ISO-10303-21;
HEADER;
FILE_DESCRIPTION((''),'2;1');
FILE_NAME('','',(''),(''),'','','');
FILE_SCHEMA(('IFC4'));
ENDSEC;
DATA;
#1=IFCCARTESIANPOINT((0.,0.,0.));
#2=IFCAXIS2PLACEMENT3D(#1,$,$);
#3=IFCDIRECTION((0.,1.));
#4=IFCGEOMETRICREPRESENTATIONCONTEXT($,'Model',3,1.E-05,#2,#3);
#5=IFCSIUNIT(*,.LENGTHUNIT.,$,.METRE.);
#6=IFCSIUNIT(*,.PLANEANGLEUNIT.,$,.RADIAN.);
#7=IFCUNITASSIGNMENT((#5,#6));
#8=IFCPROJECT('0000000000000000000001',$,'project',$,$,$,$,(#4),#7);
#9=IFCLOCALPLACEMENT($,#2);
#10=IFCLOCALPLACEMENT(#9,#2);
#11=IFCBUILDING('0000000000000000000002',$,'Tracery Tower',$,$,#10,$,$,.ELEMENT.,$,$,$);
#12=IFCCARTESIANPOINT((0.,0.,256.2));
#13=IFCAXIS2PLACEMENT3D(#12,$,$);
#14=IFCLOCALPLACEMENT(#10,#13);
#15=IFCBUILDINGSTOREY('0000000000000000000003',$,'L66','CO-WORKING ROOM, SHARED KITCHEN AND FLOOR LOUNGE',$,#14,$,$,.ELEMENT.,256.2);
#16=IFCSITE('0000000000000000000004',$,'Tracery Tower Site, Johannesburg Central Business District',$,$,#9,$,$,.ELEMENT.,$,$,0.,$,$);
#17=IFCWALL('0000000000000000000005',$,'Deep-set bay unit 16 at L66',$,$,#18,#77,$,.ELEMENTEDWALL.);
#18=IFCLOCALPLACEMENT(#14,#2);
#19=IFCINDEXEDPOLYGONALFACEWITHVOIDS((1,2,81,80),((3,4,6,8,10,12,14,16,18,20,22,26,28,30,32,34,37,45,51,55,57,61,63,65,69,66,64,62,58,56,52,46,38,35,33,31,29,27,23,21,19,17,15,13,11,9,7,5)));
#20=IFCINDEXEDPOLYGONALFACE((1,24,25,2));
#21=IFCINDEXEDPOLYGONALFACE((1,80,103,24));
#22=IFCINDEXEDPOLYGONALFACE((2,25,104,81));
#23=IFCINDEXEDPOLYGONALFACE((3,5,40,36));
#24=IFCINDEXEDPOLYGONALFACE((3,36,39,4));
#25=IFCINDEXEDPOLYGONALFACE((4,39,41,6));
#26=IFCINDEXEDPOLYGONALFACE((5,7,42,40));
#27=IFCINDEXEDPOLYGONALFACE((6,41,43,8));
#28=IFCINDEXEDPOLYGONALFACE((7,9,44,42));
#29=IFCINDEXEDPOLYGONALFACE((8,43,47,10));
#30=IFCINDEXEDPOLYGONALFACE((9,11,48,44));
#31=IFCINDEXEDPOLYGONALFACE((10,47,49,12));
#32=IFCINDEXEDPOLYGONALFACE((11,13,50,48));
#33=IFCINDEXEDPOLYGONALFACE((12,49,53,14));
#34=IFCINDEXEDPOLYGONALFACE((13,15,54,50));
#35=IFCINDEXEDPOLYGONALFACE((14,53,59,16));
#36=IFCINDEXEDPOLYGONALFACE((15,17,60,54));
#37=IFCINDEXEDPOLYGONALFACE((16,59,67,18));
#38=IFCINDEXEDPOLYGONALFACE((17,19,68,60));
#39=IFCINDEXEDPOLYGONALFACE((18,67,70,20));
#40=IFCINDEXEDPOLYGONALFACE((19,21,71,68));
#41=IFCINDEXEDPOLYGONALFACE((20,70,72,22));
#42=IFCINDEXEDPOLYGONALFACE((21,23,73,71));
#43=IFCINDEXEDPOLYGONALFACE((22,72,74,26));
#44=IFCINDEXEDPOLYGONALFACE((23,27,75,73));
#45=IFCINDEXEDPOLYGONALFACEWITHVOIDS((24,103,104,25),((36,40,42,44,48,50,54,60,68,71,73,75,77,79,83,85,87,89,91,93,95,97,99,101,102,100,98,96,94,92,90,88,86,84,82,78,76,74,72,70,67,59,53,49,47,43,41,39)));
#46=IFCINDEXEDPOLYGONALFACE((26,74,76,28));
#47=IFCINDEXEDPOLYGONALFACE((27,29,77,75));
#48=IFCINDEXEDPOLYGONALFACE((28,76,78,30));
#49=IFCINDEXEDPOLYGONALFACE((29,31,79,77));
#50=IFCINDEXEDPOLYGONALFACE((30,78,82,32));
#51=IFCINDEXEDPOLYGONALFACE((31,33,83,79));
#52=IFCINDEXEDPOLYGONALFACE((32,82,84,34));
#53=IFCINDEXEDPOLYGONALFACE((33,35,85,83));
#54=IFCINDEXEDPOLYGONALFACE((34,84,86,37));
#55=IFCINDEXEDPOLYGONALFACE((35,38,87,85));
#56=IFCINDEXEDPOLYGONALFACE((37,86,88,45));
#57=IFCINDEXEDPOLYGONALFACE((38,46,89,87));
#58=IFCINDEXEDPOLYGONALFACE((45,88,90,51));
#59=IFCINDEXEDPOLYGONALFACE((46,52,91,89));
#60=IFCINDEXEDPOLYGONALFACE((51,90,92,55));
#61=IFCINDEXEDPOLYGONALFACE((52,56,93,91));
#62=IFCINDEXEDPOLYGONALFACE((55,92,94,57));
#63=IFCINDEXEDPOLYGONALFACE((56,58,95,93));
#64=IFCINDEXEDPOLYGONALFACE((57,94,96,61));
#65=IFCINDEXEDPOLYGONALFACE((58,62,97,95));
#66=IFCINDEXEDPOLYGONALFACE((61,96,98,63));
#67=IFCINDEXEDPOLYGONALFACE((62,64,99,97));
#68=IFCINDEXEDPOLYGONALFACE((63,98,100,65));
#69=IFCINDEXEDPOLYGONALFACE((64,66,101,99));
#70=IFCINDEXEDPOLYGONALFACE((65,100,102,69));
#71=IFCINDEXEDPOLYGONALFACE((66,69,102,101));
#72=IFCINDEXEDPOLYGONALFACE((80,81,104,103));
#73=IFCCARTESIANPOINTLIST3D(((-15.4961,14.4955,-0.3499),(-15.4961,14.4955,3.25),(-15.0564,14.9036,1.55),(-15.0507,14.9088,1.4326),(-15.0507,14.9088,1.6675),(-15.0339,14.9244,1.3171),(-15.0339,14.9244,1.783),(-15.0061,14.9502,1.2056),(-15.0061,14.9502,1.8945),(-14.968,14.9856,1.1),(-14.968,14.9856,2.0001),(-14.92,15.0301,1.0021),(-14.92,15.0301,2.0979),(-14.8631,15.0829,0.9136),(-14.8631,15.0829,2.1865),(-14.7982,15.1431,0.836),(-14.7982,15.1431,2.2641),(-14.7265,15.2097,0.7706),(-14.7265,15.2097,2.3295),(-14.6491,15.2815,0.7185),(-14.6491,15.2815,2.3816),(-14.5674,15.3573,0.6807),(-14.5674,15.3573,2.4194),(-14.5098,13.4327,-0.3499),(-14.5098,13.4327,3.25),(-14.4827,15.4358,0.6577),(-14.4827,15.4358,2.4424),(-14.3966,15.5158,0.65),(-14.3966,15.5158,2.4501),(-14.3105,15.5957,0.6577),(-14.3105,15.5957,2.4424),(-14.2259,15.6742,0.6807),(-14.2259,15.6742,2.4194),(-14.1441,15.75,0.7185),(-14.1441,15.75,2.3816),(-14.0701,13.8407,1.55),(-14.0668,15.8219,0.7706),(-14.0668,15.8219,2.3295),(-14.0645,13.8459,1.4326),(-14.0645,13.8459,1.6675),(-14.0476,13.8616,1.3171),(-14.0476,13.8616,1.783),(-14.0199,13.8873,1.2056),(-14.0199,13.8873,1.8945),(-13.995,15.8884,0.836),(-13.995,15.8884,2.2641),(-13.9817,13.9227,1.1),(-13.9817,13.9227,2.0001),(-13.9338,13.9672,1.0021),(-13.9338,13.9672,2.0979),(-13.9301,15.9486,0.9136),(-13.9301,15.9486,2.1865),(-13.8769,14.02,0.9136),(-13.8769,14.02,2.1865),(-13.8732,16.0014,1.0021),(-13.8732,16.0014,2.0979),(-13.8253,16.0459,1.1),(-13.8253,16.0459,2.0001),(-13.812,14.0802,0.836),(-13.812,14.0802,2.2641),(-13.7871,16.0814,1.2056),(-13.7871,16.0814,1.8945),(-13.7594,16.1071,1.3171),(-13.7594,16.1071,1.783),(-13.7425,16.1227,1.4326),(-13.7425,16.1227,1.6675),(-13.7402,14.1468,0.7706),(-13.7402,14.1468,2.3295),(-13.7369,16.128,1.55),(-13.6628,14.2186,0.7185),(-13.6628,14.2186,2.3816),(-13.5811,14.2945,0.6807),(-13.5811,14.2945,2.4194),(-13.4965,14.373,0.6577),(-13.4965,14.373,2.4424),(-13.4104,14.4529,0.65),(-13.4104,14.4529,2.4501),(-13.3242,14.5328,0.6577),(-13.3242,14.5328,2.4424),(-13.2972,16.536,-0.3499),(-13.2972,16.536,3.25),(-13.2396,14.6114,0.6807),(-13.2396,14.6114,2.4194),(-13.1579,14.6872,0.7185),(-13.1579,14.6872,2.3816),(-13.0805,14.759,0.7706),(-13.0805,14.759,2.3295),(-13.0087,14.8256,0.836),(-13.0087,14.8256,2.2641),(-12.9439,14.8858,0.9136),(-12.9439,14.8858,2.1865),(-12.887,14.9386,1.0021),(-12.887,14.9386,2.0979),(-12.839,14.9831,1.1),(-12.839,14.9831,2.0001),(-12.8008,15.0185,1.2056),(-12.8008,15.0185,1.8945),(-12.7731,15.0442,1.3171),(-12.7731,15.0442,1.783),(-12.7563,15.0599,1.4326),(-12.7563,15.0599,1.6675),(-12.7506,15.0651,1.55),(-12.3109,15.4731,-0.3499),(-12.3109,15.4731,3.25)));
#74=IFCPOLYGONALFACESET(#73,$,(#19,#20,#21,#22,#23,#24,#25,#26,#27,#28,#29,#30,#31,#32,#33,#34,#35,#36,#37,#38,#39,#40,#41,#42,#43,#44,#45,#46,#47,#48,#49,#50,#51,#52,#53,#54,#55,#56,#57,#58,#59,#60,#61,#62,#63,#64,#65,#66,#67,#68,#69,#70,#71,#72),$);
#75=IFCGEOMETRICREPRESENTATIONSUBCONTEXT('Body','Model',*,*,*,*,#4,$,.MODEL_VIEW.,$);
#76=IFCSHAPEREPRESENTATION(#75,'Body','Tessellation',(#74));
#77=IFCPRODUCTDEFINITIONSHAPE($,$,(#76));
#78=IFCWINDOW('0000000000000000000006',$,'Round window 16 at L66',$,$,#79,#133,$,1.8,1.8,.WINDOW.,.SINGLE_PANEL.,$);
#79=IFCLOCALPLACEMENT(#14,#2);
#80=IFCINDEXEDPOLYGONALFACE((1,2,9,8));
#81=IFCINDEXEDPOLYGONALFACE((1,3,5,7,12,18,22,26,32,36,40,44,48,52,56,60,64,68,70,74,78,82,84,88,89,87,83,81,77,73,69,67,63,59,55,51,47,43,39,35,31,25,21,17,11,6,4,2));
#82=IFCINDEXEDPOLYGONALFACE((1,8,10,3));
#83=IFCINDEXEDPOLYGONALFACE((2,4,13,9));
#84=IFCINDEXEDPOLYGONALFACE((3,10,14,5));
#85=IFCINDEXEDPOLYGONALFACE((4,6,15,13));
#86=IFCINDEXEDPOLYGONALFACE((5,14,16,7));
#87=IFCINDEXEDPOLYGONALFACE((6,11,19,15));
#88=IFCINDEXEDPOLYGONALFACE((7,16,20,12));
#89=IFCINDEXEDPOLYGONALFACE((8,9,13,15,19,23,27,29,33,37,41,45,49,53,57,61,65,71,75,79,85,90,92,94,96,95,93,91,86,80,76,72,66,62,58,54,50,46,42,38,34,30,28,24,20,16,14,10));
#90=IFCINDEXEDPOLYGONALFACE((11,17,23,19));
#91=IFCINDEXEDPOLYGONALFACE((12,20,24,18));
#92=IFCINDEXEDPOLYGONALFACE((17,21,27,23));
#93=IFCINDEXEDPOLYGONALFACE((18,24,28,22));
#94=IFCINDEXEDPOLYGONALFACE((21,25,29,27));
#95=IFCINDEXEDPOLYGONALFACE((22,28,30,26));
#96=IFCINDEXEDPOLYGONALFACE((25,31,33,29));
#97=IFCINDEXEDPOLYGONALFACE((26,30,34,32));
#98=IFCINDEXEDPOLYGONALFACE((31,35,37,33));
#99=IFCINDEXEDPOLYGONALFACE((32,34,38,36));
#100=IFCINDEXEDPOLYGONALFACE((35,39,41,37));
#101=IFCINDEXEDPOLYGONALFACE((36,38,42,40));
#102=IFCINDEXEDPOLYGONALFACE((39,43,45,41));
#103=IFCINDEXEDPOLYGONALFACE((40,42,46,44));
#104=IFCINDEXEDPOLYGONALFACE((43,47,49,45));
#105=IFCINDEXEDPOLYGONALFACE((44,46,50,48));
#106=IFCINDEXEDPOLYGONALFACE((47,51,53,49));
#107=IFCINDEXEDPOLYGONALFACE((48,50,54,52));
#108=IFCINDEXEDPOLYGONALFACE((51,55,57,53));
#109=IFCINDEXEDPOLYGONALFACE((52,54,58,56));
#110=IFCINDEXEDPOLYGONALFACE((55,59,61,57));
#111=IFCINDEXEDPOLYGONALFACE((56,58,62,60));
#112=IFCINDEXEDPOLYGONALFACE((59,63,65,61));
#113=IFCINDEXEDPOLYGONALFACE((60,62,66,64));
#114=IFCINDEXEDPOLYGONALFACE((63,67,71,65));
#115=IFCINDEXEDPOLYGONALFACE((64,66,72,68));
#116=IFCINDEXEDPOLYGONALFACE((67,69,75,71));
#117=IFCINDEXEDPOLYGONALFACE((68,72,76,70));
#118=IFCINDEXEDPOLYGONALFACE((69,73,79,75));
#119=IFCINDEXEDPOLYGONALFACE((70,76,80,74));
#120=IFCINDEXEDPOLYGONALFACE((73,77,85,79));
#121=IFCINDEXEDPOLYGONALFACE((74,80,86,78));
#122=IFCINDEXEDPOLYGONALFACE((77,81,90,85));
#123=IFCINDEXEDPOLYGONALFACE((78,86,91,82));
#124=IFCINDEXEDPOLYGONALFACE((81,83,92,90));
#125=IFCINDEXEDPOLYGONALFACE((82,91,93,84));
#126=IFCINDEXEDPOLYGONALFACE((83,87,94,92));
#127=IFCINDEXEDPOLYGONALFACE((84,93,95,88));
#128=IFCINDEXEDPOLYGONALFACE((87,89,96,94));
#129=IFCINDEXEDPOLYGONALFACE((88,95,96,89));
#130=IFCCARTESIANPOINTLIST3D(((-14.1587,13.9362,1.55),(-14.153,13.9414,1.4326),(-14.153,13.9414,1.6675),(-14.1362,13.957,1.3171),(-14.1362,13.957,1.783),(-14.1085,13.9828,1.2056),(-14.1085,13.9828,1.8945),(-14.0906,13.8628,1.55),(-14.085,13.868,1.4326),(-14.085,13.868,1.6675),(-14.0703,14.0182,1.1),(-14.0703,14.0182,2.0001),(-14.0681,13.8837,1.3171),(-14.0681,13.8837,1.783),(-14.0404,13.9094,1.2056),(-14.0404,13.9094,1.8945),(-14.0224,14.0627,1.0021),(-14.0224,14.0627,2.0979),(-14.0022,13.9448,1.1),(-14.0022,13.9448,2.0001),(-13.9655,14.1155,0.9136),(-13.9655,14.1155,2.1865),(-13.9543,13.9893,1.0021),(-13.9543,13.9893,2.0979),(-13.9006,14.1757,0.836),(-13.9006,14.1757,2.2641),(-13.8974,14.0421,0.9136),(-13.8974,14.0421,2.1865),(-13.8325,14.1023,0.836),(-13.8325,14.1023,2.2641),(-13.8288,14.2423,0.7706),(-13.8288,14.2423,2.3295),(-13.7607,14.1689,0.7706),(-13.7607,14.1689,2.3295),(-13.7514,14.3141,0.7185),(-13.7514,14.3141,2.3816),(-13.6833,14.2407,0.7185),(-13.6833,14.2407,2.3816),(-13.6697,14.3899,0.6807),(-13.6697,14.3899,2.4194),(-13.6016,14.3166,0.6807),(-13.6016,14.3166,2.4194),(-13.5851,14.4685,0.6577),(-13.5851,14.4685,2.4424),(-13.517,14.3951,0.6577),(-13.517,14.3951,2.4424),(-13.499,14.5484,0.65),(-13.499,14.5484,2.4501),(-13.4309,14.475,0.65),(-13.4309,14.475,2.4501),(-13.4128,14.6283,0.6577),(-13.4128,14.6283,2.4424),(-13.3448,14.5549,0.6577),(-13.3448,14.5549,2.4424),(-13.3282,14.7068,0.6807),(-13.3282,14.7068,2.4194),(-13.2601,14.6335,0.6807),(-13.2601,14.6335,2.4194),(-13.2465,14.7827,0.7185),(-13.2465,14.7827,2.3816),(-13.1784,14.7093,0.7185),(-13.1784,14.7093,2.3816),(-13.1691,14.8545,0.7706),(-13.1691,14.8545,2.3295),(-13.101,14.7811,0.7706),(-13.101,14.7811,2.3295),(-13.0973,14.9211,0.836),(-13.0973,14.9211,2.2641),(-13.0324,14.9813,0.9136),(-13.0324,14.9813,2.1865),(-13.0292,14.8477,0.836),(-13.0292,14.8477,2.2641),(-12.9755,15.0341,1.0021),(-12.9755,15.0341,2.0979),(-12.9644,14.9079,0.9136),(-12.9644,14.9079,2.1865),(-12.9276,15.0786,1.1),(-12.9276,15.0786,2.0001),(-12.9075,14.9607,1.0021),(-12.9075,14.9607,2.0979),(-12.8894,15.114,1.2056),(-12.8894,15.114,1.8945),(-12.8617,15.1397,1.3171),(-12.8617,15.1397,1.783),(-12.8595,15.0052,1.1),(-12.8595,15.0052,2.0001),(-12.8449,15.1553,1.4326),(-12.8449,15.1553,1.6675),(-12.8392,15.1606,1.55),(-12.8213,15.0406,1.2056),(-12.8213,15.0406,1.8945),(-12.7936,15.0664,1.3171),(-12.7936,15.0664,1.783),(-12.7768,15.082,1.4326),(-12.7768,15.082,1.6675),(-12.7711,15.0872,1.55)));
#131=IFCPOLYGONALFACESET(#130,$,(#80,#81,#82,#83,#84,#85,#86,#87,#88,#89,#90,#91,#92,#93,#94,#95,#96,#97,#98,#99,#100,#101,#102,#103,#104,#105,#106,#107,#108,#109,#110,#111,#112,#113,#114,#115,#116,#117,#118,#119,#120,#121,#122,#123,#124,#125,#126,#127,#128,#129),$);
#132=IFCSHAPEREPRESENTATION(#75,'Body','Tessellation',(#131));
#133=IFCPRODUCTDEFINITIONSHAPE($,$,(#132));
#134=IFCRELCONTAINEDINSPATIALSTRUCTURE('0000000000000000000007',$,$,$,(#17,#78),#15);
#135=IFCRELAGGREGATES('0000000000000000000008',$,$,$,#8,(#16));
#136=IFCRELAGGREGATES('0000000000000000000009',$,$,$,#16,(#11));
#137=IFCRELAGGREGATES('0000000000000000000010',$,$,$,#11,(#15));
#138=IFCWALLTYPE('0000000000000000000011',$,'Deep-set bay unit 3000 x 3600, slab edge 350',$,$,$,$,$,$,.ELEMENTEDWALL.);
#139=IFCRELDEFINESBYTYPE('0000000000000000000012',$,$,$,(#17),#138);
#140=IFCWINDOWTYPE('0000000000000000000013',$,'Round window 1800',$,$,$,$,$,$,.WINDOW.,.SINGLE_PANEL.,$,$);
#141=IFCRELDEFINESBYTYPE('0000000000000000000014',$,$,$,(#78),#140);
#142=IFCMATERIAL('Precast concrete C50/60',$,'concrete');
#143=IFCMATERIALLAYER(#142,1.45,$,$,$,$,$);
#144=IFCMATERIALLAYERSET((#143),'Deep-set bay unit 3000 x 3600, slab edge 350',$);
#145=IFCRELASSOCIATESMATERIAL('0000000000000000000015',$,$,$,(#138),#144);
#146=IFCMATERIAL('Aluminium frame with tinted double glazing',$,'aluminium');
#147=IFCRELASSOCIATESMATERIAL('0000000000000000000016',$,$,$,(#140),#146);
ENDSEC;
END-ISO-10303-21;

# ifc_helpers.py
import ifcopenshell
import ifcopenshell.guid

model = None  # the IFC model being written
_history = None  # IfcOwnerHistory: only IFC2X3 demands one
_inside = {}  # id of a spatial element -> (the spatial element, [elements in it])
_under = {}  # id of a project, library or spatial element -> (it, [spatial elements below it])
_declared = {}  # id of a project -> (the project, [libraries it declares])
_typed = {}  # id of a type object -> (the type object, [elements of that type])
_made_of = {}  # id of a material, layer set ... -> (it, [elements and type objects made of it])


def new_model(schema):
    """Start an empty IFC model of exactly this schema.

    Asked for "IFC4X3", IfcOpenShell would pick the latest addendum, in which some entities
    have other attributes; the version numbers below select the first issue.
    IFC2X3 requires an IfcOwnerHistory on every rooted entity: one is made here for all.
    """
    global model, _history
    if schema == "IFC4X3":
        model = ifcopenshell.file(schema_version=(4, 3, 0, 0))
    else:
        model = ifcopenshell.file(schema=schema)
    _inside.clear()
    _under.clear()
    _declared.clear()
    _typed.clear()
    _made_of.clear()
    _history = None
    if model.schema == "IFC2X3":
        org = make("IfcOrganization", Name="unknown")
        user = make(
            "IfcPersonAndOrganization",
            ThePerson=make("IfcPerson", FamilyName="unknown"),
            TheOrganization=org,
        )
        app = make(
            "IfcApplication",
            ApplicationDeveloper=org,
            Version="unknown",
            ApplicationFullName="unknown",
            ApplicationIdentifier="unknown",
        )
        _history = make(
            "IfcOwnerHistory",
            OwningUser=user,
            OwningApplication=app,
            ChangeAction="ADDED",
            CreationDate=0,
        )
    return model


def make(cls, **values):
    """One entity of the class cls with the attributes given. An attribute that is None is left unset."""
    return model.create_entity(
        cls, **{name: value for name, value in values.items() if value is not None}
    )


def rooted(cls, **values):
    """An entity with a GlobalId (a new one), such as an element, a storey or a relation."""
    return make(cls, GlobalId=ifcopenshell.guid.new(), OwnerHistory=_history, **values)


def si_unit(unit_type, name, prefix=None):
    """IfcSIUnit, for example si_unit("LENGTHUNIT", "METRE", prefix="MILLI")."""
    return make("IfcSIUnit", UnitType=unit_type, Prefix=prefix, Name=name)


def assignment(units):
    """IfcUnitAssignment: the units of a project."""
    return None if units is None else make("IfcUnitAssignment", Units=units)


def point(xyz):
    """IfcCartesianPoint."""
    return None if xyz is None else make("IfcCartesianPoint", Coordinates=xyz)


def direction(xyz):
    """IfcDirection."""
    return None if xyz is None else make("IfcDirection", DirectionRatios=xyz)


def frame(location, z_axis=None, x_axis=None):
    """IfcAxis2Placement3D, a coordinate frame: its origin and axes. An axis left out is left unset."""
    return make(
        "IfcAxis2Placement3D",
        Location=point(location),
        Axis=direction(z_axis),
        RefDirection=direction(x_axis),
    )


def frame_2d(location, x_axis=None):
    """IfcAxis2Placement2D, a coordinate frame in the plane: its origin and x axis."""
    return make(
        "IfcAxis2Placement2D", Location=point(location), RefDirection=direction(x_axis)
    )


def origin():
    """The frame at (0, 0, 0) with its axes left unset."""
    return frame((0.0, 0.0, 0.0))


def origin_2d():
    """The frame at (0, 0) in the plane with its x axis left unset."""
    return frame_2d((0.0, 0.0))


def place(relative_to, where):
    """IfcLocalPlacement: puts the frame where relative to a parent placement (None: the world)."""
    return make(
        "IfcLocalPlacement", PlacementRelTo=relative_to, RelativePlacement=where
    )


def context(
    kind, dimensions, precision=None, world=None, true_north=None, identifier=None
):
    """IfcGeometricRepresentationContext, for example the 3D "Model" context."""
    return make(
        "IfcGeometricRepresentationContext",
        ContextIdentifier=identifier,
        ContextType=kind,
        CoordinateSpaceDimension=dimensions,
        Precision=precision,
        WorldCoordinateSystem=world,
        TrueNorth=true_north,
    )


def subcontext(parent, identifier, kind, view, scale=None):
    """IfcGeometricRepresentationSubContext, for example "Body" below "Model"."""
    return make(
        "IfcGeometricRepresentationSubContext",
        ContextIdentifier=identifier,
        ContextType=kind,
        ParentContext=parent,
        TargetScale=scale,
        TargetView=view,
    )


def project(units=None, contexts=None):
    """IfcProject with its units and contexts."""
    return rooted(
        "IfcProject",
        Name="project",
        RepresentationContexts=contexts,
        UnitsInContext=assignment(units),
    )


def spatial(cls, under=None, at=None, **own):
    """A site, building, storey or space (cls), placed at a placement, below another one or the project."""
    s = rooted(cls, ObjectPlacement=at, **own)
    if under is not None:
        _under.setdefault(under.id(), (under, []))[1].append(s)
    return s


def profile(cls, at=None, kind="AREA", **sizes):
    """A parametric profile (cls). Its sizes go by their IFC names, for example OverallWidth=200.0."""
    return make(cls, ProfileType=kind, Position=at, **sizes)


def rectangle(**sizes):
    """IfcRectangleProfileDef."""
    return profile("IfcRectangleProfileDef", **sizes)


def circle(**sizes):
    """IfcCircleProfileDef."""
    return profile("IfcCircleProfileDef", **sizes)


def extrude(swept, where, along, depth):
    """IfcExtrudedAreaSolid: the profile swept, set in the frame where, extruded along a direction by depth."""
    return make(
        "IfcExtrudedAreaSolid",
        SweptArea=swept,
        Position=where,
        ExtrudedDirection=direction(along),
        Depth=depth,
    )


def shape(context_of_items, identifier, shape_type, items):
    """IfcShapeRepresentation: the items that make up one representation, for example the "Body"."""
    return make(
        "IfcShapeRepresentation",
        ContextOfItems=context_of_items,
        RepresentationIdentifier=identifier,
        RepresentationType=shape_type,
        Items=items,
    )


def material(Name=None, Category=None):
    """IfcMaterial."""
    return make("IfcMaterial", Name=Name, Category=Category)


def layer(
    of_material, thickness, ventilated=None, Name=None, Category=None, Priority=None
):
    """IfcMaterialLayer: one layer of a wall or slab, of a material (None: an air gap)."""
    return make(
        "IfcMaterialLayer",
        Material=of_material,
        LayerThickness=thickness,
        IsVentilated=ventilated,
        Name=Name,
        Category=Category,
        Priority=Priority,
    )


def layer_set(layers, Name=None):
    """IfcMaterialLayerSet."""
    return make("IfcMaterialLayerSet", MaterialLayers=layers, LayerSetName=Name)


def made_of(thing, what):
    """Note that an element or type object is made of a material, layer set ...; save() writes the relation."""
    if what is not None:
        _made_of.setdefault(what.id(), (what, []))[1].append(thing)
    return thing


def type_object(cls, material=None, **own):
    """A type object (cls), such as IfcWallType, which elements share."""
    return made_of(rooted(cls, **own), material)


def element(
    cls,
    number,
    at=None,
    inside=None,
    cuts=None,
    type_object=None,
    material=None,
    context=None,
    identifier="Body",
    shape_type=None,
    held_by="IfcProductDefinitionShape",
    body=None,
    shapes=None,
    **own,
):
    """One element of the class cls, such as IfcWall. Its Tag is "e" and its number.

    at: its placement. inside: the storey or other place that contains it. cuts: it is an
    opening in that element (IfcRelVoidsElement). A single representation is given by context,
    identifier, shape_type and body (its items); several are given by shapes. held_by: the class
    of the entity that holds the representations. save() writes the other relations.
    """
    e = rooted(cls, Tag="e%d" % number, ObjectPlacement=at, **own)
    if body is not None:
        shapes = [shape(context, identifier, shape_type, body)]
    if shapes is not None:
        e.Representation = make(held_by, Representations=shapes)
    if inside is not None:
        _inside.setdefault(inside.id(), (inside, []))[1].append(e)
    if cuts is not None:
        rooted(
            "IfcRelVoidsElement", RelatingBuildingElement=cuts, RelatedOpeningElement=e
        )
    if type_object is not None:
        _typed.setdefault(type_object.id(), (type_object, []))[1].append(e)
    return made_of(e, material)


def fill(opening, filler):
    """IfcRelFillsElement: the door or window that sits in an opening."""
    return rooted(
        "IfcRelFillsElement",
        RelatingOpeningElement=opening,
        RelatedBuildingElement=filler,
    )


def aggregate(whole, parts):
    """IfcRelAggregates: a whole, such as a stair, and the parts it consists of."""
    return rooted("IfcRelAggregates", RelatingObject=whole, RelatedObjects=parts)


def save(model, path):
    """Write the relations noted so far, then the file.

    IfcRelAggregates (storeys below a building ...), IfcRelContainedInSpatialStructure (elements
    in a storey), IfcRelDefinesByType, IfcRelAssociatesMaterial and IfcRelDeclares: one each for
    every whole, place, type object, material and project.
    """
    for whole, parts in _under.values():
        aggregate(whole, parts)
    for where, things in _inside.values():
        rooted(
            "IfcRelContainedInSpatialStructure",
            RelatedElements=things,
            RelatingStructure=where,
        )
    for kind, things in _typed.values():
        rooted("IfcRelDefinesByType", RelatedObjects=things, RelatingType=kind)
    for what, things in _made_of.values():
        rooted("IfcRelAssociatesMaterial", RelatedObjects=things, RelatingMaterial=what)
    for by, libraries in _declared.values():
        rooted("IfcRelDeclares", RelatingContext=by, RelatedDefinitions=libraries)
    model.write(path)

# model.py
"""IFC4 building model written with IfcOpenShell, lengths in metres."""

from ifc_helpers import new_model, si_unit, direction, frame, frame_2d, origin, origin_2d, place, context, subcontext, project, spatial, rectangle, circle, extrude, material, layer, layer_set, type_object, element, fill, save


model = new_model("IFC4")

# Units and contexts
model_context = context("Model", 3, precision=1e-05, world=origin(), true_north=direction((0.0, 1.0)))
body_context = subcontext(model_context, "Body", "Model", "MODEL_VIEW")
ifc_project = project(units=[si_unit("LENGTHUNIT", "METRE"), si_unit("PLANEANGLEUNIT", "RADIAN")], contexts=[model_context])

# Site, building, storey
site_placement = place(None, origin())
site = spatial("IfcSite", under=ifc_project, at=site_placement, Name="Tracery Tower Site, Johannesburg Central Business District", CompositionType="ELEMENT", RefElevation=0.0)
building_placement = place(site_placement, origin())
building = spatial("IfcBuilding", under=site, at=building_placement, Name="Tracery Tower", CompositionType="ELEMENT")
storey_placement = place(building_placement, frame((0.0, 0.0, 256.2)))
storey = spatial("IfcBuildingStorey", under=building, at=storey_placement, Name="L66", Description="CO-WORKING ROOM, SHARED KITCHEN AND FLOOR LOUNGE", CompositionType="ELEMENT", Elevation=256.2)

# Wall, opening, window
ifc_material_1 = material(Name="Precast concrete C50/60", Category="concrete")
ifc_layer_1 = layer(ifc_material_1, 1.45)
ifc_layer_set_1 = layer_set([ifc_layer_1], Name="Deep-set bay unit 3000 x 3600, slab edge 350")
wall_type_1 = type_object("IfcWallType", Name="Deep-set bay unit 3000 x 3600, slab edge 350", PredefinedType="ELEMENTEDWALL", material=ifc_layer_set_1)
wall_1_placement = place(storey_placement, frame((-12.804, 16.0046, -0.3499), z_axis=(0.0, 0.0, 1.0), x_axis=(-0.733022, -0.680204, 0.0)))
wall_1 = element("IfcWall", 1, at=wall_1_placement, inside=storey, type_object=wall_type_1, Name="Deep-set bay unit 16 at L66", PredefinedType="ELEMENTEDWALL", context=body_context, shape_type="SweptSolid", body=[
    extrude(rectangle(XDim=2.9998, YDim=1.45, at=frame_2d((1.5, 0.0))), origin(), (0.0, 0.0, 1.0), 3.5999),
])
opening_1_placement = place(wall_1_placement, frame((1.5, 0.0, 1.8999)))
opening_1 = element("IfcOpeningElement", 2, at=opening_1_placement, cuts=wall_1, PredefinedType="OPENING", context=body_context, shape_type="SweptSolid", body=[
    extrude(circle(Radius=0.9, at=origin_2d()), frame((0.0, 0.7349, 0.0), z_axis=(0.0, -1.0, 0.0), x_axis=(1.0, 0.0, 0.0)), (0.0, 0.0, 1.0), 1.47),
])
ifc_material_2 = material(Name="Aluminium frame with tinted double glazing", Category="aluminium")
window_type = type_object("IfcWindowType", Name="Round window 1800", PartitioningType="SINGLE_PANEL", PredefinedType="WINDOW", material=ifc_material_2)
window_1_placement = place(opening_1_placement, origin())
window_1 = element("IfcWindow", 3, at=window_1_placement, inside=storey, type_object=window_type, Name="Round window 16 at L66", OverallHeight=1.8, OverallWidth=1.8, PartitioningType="SINGLE_PANEL", PredefinedType="WINDOW", context=body_context, shape_type="SweptSolid", body=[
    extrude(circle(Radius=0.9, at=origin_2d()), frame((0.0, 0.6948, 0.0), z_axis=(0.0, -1.0, 0.0), x_axis=(1.0, 0.0, 0.0)), (0.0, 0.0, 1.0), 0.1001),
])
fill(opening_1, window_1)

save(model, "model.ifc")
